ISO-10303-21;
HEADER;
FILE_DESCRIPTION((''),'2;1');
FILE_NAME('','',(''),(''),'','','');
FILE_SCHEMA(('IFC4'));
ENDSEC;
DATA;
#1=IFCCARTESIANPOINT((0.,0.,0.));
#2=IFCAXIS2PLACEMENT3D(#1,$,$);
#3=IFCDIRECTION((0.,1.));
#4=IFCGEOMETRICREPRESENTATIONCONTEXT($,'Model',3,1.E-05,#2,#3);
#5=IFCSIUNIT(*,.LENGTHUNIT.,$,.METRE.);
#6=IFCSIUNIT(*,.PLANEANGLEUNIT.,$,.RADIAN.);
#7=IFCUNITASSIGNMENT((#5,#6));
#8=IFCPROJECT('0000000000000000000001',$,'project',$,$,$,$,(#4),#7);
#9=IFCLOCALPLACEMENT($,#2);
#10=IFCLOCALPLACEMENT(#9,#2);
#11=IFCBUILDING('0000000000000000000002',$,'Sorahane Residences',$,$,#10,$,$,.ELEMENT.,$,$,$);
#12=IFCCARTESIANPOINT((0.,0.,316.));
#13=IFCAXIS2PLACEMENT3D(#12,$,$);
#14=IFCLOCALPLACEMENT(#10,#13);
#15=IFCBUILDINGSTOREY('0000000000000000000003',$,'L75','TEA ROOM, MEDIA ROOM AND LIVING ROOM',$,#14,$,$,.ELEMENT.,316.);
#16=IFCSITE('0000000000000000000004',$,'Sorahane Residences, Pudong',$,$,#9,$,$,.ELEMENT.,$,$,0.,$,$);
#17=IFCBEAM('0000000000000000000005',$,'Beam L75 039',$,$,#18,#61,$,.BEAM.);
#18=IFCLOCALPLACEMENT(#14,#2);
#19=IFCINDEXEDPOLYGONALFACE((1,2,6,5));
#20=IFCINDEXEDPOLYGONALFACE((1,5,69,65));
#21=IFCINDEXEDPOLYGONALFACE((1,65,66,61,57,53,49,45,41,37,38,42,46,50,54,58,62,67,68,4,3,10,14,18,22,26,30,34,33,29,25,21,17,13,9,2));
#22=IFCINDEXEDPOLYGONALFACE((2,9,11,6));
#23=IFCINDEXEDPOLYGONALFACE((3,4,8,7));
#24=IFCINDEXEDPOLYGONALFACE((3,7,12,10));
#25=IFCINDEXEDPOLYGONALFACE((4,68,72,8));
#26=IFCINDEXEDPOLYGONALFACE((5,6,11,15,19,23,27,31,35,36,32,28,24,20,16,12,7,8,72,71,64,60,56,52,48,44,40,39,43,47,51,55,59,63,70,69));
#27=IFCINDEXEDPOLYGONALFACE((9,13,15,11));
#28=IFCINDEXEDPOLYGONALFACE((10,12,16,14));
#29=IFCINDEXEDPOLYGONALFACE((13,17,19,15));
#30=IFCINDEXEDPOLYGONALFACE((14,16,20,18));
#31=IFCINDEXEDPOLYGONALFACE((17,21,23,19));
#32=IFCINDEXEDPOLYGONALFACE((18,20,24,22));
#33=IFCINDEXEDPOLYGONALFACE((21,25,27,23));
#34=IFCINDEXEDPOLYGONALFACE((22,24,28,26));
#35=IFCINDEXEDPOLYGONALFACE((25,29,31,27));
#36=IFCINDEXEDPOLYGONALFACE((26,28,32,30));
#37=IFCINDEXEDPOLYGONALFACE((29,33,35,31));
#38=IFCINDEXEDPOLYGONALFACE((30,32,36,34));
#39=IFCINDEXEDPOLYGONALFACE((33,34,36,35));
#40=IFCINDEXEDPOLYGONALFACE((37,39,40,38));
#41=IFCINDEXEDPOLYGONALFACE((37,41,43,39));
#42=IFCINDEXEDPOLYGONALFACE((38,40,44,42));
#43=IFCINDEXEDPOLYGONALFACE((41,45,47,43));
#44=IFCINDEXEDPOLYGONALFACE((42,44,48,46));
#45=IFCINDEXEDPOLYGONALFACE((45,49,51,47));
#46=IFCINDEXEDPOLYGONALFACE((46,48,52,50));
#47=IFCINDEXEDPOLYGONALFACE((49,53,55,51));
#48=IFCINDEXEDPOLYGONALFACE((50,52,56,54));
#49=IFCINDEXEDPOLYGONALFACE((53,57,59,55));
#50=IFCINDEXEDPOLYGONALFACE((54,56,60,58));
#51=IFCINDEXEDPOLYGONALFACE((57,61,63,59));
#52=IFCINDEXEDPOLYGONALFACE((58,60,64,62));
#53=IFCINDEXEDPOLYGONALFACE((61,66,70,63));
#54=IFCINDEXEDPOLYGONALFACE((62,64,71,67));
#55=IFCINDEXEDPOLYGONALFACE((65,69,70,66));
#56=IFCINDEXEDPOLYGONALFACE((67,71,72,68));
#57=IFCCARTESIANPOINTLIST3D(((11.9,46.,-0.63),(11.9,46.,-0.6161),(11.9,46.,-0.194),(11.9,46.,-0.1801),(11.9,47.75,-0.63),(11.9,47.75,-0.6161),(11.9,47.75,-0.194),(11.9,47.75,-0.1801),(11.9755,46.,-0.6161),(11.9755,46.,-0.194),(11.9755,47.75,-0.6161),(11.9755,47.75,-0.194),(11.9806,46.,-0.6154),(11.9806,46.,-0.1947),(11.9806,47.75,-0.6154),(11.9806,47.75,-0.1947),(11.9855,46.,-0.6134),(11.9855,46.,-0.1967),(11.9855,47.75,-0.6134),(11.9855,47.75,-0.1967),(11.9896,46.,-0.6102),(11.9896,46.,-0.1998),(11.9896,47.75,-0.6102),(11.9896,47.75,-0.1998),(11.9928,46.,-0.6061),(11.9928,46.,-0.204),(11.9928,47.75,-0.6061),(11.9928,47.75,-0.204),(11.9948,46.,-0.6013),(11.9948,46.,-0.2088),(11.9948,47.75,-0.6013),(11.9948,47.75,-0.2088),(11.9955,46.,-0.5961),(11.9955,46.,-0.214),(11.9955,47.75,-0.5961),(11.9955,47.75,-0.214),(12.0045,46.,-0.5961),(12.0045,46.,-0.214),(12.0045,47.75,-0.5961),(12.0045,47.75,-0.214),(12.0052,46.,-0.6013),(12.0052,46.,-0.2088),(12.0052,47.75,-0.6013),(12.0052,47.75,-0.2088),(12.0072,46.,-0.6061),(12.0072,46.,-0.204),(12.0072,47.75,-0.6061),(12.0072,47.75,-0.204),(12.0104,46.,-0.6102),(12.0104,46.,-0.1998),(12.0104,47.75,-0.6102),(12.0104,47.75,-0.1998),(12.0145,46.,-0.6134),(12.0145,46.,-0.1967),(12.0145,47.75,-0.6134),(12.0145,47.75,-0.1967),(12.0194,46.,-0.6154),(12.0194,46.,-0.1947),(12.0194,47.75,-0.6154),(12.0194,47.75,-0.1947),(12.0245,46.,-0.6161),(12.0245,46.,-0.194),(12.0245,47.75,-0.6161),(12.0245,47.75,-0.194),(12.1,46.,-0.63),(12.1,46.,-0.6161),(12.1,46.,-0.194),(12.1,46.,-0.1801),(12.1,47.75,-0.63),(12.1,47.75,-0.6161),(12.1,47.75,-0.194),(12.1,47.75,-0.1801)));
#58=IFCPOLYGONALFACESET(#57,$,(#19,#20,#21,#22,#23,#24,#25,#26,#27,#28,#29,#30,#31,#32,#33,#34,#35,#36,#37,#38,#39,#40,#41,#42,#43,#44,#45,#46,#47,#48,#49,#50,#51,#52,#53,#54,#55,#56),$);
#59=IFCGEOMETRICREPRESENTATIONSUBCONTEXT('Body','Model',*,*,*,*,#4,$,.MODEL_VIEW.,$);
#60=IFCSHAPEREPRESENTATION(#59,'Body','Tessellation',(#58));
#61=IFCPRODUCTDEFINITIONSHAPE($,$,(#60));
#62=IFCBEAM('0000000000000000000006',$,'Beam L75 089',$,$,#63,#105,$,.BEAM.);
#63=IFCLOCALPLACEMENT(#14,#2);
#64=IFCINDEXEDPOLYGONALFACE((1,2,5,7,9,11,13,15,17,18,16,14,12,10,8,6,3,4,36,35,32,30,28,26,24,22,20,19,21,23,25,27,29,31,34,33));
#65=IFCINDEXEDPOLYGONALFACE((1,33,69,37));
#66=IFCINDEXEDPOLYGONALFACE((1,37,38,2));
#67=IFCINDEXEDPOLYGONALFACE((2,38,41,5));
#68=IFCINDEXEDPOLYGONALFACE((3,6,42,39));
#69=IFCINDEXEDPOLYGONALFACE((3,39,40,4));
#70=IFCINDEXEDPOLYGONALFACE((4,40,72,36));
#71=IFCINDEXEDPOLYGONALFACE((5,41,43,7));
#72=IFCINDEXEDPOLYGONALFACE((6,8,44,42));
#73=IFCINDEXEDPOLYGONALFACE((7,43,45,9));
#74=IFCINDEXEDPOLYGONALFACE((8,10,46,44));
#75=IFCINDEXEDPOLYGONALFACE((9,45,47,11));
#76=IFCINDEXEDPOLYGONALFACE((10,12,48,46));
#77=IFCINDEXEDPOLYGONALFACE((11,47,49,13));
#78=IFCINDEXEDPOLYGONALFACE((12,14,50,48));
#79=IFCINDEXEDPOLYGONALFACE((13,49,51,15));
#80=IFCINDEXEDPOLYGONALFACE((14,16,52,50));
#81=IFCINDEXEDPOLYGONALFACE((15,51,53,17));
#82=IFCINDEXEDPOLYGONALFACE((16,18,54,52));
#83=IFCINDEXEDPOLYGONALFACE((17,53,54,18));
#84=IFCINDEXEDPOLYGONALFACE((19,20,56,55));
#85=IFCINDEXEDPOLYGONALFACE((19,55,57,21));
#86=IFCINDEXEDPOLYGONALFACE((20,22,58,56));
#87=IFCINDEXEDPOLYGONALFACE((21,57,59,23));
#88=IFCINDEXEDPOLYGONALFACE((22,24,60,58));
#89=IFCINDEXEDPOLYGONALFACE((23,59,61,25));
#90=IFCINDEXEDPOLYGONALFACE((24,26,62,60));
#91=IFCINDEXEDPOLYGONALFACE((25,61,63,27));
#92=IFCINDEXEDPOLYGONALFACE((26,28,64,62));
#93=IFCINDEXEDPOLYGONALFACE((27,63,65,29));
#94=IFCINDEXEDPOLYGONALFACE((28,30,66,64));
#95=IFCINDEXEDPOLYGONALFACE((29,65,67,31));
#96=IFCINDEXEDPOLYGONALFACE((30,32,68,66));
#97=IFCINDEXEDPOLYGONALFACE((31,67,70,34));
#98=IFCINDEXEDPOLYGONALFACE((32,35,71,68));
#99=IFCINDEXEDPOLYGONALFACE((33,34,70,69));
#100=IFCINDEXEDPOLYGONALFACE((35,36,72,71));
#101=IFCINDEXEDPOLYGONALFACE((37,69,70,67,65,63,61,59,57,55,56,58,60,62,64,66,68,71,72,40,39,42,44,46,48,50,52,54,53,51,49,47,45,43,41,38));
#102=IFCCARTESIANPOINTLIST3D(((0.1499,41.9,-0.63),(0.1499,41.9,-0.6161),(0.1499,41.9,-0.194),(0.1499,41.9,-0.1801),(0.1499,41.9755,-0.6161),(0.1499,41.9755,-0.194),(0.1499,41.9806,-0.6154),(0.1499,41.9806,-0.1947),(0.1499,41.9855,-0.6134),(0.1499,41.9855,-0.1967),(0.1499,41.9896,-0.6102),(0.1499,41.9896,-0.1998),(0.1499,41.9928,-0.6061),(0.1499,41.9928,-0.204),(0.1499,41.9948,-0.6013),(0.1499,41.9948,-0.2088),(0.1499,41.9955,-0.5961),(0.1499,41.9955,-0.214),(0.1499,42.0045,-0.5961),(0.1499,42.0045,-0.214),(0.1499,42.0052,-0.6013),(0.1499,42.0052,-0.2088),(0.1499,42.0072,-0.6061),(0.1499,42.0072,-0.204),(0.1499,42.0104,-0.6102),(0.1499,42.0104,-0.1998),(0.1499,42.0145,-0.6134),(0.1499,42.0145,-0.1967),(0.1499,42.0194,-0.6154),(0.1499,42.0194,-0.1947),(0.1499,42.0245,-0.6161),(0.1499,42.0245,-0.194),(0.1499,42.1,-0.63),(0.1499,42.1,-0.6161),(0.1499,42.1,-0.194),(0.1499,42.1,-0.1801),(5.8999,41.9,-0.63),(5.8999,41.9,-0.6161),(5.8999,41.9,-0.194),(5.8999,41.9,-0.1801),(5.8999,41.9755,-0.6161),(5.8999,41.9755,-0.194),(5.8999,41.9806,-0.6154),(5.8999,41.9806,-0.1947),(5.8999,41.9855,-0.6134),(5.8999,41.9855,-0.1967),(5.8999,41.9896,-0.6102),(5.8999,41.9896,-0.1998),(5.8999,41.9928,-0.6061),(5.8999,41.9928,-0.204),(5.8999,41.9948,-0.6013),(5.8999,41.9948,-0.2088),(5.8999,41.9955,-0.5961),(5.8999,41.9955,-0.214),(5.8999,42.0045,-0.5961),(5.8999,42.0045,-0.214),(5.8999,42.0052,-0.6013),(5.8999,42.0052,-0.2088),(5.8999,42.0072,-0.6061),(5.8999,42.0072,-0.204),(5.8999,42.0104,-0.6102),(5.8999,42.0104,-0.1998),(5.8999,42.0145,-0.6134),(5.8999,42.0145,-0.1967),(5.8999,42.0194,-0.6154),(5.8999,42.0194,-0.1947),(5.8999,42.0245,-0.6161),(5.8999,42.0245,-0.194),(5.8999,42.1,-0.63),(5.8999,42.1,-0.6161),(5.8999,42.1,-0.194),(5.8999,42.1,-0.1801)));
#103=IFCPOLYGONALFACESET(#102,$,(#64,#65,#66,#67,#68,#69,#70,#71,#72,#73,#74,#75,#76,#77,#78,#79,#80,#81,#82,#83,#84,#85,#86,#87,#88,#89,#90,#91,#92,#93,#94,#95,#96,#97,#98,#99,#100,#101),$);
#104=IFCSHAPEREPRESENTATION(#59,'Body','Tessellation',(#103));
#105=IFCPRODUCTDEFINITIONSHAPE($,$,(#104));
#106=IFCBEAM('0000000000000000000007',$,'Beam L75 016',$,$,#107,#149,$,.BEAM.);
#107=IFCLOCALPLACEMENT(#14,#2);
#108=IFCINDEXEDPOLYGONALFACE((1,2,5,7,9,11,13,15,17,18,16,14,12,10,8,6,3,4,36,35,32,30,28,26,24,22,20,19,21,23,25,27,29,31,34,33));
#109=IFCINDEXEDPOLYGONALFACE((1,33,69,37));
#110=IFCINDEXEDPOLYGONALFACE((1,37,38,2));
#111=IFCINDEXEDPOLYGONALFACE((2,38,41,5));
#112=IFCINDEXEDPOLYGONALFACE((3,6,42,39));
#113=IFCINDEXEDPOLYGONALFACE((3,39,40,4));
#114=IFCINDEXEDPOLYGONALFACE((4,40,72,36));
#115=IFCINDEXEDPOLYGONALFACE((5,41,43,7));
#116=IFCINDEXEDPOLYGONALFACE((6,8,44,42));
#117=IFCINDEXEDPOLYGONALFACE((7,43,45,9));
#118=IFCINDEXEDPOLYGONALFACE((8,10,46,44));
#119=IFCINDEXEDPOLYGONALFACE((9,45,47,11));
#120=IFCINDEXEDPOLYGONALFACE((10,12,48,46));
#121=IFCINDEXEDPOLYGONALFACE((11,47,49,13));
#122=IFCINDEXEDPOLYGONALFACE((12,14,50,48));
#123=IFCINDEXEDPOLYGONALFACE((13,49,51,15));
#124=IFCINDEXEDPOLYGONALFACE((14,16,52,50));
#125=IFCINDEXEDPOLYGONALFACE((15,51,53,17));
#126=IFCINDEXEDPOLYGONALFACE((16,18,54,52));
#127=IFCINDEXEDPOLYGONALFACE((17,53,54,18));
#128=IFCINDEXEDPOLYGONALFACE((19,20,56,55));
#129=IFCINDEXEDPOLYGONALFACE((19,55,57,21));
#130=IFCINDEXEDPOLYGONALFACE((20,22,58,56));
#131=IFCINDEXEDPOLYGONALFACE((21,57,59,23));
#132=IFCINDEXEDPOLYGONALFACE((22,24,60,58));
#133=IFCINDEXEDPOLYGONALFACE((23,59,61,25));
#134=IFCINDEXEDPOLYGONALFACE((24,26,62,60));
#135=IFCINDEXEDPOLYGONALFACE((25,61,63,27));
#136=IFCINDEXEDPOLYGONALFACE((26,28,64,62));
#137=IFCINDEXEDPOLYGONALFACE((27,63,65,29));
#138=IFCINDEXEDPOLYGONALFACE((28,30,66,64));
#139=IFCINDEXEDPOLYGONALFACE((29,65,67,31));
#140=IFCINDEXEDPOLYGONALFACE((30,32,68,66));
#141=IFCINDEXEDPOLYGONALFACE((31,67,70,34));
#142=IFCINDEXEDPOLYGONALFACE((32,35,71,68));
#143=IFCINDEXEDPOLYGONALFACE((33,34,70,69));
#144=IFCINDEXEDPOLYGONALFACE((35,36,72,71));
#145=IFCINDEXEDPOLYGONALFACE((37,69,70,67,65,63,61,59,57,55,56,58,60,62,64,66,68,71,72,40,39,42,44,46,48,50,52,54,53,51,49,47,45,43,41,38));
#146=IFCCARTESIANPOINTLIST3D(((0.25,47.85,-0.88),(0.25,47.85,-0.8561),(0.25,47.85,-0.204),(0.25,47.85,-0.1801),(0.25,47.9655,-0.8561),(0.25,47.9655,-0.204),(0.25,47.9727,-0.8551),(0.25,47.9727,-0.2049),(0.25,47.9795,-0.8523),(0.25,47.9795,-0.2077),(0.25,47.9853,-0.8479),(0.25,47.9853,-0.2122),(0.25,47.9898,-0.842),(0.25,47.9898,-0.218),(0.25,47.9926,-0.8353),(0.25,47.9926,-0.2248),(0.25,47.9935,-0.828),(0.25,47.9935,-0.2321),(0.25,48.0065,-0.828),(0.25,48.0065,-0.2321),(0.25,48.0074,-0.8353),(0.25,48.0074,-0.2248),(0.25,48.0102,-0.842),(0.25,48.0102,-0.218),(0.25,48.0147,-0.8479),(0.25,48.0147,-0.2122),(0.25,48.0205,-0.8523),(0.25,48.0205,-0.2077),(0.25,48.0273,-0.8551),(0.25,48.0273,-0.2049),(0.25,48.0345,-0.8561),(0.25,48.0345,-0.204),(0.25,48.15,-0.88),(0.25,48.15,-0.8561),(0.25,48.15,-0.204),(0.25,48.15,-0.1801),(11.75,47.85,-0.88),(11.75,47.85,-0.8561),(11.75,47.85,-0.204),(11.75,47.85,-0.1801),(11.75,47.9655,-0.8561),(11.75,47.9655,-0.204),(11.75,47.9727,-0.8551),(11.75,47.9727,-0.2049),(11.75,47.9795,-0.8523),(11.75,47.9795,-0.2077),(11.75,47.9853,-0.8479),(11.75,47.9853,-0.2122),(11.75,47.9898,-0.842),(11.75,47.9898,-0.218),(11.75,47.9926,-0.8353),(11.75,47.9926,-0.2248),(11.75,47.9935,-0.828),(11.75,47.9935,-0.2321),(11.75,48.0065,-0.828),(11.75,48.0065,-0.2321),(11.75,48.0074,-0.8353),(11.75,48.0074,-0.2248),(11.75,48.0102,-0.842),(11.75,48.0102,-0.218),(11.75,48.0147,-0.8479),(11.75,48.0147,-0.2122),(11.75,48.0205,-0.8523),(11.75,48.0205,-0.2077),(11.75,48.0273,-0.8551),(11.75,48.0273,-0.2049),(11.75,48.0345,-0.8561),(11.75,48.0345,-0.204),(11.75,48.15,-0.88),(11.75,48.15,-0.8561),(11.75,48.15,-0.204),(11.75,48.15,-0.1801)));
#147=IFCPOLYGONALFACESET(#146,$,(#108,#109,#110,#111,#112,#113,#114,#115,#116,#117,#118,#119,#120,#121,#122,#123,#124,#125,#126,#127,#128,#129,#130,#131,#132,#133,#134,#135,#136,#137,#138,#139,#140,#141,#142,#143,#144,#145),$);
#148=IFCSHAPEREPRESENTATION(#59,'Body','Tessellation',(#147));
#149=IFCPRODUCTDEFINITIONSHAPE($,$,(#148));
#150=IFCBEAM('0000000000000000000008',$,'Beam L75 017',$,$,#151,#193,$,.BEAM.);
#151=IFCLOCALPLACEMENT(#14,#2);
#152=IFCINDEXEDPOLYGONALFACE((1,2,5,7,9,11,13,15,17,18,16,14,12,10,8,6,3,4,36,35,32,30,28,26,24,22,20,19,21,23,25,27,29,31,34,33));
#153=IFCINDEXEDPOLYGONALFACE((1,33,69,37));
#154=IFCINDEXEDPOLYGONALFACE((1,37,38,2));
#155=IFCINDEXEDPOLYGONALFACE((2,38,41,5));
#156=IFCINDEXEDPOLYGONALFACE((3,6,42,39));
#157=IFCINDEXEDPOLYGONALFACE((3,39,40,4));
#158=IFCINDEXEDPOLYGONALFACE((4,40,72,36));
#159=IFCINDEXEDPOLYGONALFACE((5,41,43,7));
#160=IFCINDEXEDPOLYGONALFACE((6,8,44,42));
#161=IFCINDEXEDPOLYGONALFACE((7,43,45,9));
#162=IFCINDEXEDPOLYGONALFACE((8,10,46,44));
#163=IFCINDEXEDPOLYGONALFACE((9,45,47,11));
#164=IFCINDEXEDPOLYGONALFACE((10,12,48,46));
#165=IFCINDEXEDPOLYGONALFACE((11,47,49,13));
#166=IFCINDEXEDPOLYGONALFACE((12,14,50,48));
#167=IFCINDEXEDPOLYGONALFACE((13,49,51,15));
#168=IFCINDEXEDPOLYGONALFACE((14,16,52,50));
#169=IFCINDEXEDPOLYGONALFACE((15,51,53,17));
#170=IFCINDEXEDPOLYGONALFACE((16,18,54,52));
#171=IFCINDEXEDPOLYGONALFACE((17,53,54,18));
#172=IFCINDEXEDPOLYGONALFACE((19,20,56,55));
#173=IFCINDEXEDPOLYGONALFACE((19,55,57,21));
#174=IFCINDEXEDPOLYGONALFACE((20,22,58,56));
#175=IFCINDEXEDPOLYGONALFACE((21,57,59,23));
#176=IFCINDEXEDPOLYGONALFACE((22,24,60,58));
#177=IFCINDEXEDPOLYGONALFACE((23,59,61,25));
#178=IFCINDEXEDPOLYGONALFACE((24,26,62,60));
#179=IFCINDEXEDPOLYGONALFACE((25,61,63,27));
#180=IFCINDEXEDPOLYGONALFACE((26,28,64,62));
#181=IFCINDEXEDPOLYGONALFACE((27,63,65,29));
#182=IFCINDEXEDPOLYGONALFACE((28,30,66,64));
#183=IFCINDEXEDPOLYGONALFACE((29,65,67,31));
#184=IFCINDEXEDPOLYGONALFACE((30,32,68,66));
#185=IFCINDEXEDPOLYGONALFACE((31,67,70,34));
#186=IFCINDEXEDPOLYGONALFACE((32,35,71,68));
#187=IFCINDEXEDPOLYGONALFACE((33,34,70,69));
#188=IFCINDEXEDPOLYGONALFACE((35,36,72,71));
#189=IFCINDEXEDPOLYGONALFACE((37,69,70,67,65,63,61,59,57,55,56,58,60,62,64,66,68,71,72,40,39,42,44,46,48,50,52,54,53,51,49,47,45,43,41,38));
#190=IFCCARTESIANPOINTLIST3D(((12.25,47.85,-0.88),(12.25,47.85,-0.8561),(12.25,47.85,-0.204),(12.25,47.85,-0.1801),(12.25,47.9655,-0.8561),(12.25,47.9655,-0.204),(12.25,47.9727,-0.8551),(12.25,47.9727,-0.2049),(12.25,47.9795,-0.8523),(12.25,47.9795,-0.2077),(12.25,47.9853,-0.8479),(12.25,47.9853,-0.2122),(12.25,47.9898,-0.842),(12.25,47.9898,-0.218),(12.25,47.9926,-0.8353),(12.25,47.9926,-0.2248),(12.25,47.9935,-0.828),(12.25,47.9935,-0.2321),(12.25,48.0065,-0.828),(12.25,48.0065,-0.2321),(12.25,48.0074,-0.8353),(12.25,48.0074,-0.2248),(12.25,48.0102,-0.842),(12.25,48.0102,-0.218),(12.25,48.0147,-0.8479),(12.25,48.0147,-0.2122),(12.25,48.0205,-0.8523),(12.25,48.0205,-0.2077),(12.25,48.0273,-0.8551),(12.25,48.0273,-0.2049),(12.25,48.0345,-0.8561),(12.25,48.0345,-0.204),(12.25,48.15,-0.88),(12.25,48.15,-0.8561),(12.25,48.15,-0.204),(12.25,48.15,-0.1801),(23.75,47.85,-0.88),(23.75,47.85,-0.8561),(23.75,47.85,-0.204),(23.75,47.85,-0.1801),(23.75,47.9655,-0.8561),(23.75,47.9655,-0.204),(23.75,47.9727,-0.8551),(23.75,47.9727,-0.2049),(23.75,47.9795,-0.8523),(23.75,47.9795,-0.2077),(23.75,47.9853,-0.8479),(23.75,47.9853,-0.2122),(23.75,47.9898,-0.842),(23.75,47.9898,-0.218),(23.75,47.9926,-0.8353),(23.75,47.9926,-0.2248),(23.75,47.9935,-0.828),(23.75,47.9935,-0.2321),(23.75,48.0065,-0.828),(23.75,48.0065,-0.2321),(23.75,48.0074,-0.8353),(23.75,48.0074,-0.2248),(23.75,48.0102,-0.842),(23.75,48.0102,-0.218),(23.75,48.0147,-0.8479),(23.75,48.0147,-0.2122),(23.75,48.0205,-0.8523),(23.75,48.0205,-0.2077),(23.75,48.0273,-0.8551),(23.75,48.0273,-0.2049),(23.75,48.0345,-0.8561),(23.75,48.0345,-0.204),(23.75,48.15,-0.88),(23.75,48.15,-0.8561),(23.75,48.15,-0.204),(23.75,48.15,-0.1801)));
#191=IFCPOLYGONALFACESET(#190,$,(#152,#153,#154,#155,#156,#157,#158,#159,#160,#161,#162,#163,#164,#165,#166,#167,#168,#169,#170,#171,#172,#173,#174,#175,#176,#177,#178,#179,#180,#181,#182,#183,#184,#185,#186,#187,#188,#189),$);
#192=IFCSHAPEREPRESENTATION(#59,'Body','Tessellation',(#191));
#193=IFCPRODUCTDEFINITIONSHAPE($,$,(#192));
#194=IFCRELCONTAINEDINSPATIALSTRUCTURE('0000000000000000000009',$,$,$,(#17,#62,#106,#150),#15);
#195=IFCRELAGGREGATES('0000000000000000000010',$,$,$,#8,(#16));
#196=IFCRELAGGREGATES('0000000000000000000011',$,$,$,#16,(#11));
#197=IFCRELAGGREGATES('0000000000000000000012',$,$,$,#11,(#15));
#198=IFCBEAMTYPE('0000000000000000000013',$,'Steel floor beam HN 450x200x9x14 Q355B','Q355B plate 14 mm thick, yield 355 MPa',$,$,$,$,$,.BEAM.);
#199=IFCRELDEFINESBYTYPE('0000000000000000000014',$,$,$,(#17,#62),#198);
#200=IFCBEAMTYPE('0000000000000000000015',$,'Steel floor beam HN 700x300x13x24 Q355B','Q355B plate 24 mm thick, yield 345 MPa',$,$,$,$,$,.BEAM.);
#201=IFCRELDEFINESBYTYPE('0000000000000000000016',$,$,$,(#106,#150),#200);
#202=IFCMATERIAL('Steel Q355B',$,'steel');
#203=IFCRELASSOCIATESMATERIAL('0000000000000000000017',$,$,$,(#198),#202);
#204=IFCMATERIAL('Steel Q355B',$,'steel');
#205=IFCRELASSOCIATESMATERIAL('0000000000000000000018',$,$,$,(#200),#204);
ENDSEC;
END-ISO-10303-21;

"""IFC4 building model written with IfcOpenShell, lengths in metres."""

from ifc_helpers import new_model, si_unit, direction, frame, origin, origin_2d, place, context, subcontext, project, spatial, i_section, extrude, material, material_profile, profile_set, type_object, element, save


model = new_model("IFC4")

# Units and contexts
model_context = context("Model", 3, precision=1e-05, world=origin(), true_north=direction((0.0, 1.0)))
body_context = subcontext(model_context, "Body", "Model", "MODEL_VIEW")
ifc_project = project(units=[si_unit("LENGTHUNIT", "METRE"), si_unit("PLANEANGLEUNIT", "RADIAN")], contexts=[model_context])

# Site, building, storey
site_placement = place(None, origin())
site = spatial("IfcSite", under=ifc_project, at=site_placement, Name="Sorahane Residences, Pudong", CompositionType="ELEMENT", RefElevation=0.0)
building_placement = place(site_placement, origin())
building = spatial("IfcBuilding", under=site, at=building_placement, Name="Sorahane Residences", CompositionType="ELEMENT")
storey_placement = place(building_placement, frame((0.0, 0.0, 316.0)))
storey = spatial("IfcBuildingStorey", under=building, at=storey_placement, Name="L75", Description="TEA ROOM, MEDIA ROOM AND LIVING ROOM", CompositionType="ELEMENT", Elevation=316.0)

# Beams
ifc_material_1 = material(Name="Steel Q355B", Category="steel")
ifc_material_profile_1 = material_profile(ifc_material_1, i_section(OverallWidth=0.2, OverallDepth=0.45, WebThickness=0.009, FlangeThickness=0.0139, FilletRadius=0.02, at=origin_2d()), Name="HN 450x200x9x14")
ifc_profile_set_1 = profile_set([ifc_material_profile_1], Name="Steel Q355B")
beam_type_1 = type_object("IfcBeamType", Name="Steel floor beam HN 450x200x9x14 Q355B", Description="Q355B plate 14 mm thick, yield 355 MPa", PredefinedType="BEAM", material=ifc_profile_set_1)
beam_1_placement = place(storey_placement, frame((12.0, 46.0, -0.405), z_axis=(0.0, 1.0, 0.0), x_axis=(-1.0, 0.0, 0.0)))
element("IfcBeam", 1, at=beam_1_placement, inside=storey, type_object=beam_type_1, Name="Beam L75 039", PredefinedType="BEAM", context=body_context, shape_type="SweptSolid", body=[
    extrude(i_section(OverallWidth=0.2, OverallDepth=0.45, WebThickness=0.009, FlangeThickness=0.0139, FilletRadius=0.02, at=origin_2d()), origin(), (0.0, 0.0, 1.0), 1.75),
])
beam_2_placement = place(storey_placement, frame((0.1499, 42.0, -0.405), z_axis=(1.0, 0.0, 0.0), x_axis=(0.0, 1.0, 0.0)))
element("IfcBeam", 2, at=beam_2_placement, inside=storey, type_object=beam_type_1, Name="Beam L75 089", PredefinedType="BEAM", context=body_context, shape_type="SweptSolid", body=[
    extrude(i_section(OverallWidth=0.2, OverallDepth=0.45, WebThickness=0.009, FlangeThickness=0.0139, FilletRadius=0.02, at=origin_2d()), origin(), (0.0, 0.0, 1.0), 5.75),
])
ifc_material_2 = material(Name="Steel Q355B", Category="steel")
ifc_material_profile_2 = material_profile(ifc_material_2, i_section(OverallWidth=0.3, OverallDepth=0.7, WebThickness=0.0129, FlangeThickness=0.0239, FilletRadius=0.0281, at=origin_2d()), Name="HN 700x300x13x24")
ifc_profile_set_2 = profile_set([ifc_material_profile_2], Name="Steel Q355B")
beam_type_2 = type_object("IfcBeamType", Name="Steel floor beam HN 700x300x13x24 Q355B", Description="Q355B plate 24 mm thick, yield 345 MPa", PredefinedType="BEAM", material=ifc_profile_set_2)
for number, where, z_axis, x_axis, name in (
    (3, (0.25, 48.0, -0.53), (1.0, 0.0, 0.0), (0.0, 1.0, 0.0), "Beam L75 016"),
    (4, (12.25, 48.0, -0.53), (1.0, 0.0, 0.0), (0.0, 1.0, 0.0), "Beam L75 017"),
):
    element("IfcBeam", number, at=place(storey_placement, frame(where, z_axis=z_axis, x_axis=x_axis)), inside=storey, type_object=beam_type_2, Name=name, PredefinedType="BEAM", context=body_context, shape_type="SweptSolid", body=[
        extrude(i_section(OverallWidth=0.3, OverallDepth=0.7, WebThickness=0.0129, FlangeThickness=0.0239, FilletRadius=0.0281, at=origin_2d()), origin(), (0.0, 0.0, 1.0), 11.5),
    ])

save(model, "model.ifc")
